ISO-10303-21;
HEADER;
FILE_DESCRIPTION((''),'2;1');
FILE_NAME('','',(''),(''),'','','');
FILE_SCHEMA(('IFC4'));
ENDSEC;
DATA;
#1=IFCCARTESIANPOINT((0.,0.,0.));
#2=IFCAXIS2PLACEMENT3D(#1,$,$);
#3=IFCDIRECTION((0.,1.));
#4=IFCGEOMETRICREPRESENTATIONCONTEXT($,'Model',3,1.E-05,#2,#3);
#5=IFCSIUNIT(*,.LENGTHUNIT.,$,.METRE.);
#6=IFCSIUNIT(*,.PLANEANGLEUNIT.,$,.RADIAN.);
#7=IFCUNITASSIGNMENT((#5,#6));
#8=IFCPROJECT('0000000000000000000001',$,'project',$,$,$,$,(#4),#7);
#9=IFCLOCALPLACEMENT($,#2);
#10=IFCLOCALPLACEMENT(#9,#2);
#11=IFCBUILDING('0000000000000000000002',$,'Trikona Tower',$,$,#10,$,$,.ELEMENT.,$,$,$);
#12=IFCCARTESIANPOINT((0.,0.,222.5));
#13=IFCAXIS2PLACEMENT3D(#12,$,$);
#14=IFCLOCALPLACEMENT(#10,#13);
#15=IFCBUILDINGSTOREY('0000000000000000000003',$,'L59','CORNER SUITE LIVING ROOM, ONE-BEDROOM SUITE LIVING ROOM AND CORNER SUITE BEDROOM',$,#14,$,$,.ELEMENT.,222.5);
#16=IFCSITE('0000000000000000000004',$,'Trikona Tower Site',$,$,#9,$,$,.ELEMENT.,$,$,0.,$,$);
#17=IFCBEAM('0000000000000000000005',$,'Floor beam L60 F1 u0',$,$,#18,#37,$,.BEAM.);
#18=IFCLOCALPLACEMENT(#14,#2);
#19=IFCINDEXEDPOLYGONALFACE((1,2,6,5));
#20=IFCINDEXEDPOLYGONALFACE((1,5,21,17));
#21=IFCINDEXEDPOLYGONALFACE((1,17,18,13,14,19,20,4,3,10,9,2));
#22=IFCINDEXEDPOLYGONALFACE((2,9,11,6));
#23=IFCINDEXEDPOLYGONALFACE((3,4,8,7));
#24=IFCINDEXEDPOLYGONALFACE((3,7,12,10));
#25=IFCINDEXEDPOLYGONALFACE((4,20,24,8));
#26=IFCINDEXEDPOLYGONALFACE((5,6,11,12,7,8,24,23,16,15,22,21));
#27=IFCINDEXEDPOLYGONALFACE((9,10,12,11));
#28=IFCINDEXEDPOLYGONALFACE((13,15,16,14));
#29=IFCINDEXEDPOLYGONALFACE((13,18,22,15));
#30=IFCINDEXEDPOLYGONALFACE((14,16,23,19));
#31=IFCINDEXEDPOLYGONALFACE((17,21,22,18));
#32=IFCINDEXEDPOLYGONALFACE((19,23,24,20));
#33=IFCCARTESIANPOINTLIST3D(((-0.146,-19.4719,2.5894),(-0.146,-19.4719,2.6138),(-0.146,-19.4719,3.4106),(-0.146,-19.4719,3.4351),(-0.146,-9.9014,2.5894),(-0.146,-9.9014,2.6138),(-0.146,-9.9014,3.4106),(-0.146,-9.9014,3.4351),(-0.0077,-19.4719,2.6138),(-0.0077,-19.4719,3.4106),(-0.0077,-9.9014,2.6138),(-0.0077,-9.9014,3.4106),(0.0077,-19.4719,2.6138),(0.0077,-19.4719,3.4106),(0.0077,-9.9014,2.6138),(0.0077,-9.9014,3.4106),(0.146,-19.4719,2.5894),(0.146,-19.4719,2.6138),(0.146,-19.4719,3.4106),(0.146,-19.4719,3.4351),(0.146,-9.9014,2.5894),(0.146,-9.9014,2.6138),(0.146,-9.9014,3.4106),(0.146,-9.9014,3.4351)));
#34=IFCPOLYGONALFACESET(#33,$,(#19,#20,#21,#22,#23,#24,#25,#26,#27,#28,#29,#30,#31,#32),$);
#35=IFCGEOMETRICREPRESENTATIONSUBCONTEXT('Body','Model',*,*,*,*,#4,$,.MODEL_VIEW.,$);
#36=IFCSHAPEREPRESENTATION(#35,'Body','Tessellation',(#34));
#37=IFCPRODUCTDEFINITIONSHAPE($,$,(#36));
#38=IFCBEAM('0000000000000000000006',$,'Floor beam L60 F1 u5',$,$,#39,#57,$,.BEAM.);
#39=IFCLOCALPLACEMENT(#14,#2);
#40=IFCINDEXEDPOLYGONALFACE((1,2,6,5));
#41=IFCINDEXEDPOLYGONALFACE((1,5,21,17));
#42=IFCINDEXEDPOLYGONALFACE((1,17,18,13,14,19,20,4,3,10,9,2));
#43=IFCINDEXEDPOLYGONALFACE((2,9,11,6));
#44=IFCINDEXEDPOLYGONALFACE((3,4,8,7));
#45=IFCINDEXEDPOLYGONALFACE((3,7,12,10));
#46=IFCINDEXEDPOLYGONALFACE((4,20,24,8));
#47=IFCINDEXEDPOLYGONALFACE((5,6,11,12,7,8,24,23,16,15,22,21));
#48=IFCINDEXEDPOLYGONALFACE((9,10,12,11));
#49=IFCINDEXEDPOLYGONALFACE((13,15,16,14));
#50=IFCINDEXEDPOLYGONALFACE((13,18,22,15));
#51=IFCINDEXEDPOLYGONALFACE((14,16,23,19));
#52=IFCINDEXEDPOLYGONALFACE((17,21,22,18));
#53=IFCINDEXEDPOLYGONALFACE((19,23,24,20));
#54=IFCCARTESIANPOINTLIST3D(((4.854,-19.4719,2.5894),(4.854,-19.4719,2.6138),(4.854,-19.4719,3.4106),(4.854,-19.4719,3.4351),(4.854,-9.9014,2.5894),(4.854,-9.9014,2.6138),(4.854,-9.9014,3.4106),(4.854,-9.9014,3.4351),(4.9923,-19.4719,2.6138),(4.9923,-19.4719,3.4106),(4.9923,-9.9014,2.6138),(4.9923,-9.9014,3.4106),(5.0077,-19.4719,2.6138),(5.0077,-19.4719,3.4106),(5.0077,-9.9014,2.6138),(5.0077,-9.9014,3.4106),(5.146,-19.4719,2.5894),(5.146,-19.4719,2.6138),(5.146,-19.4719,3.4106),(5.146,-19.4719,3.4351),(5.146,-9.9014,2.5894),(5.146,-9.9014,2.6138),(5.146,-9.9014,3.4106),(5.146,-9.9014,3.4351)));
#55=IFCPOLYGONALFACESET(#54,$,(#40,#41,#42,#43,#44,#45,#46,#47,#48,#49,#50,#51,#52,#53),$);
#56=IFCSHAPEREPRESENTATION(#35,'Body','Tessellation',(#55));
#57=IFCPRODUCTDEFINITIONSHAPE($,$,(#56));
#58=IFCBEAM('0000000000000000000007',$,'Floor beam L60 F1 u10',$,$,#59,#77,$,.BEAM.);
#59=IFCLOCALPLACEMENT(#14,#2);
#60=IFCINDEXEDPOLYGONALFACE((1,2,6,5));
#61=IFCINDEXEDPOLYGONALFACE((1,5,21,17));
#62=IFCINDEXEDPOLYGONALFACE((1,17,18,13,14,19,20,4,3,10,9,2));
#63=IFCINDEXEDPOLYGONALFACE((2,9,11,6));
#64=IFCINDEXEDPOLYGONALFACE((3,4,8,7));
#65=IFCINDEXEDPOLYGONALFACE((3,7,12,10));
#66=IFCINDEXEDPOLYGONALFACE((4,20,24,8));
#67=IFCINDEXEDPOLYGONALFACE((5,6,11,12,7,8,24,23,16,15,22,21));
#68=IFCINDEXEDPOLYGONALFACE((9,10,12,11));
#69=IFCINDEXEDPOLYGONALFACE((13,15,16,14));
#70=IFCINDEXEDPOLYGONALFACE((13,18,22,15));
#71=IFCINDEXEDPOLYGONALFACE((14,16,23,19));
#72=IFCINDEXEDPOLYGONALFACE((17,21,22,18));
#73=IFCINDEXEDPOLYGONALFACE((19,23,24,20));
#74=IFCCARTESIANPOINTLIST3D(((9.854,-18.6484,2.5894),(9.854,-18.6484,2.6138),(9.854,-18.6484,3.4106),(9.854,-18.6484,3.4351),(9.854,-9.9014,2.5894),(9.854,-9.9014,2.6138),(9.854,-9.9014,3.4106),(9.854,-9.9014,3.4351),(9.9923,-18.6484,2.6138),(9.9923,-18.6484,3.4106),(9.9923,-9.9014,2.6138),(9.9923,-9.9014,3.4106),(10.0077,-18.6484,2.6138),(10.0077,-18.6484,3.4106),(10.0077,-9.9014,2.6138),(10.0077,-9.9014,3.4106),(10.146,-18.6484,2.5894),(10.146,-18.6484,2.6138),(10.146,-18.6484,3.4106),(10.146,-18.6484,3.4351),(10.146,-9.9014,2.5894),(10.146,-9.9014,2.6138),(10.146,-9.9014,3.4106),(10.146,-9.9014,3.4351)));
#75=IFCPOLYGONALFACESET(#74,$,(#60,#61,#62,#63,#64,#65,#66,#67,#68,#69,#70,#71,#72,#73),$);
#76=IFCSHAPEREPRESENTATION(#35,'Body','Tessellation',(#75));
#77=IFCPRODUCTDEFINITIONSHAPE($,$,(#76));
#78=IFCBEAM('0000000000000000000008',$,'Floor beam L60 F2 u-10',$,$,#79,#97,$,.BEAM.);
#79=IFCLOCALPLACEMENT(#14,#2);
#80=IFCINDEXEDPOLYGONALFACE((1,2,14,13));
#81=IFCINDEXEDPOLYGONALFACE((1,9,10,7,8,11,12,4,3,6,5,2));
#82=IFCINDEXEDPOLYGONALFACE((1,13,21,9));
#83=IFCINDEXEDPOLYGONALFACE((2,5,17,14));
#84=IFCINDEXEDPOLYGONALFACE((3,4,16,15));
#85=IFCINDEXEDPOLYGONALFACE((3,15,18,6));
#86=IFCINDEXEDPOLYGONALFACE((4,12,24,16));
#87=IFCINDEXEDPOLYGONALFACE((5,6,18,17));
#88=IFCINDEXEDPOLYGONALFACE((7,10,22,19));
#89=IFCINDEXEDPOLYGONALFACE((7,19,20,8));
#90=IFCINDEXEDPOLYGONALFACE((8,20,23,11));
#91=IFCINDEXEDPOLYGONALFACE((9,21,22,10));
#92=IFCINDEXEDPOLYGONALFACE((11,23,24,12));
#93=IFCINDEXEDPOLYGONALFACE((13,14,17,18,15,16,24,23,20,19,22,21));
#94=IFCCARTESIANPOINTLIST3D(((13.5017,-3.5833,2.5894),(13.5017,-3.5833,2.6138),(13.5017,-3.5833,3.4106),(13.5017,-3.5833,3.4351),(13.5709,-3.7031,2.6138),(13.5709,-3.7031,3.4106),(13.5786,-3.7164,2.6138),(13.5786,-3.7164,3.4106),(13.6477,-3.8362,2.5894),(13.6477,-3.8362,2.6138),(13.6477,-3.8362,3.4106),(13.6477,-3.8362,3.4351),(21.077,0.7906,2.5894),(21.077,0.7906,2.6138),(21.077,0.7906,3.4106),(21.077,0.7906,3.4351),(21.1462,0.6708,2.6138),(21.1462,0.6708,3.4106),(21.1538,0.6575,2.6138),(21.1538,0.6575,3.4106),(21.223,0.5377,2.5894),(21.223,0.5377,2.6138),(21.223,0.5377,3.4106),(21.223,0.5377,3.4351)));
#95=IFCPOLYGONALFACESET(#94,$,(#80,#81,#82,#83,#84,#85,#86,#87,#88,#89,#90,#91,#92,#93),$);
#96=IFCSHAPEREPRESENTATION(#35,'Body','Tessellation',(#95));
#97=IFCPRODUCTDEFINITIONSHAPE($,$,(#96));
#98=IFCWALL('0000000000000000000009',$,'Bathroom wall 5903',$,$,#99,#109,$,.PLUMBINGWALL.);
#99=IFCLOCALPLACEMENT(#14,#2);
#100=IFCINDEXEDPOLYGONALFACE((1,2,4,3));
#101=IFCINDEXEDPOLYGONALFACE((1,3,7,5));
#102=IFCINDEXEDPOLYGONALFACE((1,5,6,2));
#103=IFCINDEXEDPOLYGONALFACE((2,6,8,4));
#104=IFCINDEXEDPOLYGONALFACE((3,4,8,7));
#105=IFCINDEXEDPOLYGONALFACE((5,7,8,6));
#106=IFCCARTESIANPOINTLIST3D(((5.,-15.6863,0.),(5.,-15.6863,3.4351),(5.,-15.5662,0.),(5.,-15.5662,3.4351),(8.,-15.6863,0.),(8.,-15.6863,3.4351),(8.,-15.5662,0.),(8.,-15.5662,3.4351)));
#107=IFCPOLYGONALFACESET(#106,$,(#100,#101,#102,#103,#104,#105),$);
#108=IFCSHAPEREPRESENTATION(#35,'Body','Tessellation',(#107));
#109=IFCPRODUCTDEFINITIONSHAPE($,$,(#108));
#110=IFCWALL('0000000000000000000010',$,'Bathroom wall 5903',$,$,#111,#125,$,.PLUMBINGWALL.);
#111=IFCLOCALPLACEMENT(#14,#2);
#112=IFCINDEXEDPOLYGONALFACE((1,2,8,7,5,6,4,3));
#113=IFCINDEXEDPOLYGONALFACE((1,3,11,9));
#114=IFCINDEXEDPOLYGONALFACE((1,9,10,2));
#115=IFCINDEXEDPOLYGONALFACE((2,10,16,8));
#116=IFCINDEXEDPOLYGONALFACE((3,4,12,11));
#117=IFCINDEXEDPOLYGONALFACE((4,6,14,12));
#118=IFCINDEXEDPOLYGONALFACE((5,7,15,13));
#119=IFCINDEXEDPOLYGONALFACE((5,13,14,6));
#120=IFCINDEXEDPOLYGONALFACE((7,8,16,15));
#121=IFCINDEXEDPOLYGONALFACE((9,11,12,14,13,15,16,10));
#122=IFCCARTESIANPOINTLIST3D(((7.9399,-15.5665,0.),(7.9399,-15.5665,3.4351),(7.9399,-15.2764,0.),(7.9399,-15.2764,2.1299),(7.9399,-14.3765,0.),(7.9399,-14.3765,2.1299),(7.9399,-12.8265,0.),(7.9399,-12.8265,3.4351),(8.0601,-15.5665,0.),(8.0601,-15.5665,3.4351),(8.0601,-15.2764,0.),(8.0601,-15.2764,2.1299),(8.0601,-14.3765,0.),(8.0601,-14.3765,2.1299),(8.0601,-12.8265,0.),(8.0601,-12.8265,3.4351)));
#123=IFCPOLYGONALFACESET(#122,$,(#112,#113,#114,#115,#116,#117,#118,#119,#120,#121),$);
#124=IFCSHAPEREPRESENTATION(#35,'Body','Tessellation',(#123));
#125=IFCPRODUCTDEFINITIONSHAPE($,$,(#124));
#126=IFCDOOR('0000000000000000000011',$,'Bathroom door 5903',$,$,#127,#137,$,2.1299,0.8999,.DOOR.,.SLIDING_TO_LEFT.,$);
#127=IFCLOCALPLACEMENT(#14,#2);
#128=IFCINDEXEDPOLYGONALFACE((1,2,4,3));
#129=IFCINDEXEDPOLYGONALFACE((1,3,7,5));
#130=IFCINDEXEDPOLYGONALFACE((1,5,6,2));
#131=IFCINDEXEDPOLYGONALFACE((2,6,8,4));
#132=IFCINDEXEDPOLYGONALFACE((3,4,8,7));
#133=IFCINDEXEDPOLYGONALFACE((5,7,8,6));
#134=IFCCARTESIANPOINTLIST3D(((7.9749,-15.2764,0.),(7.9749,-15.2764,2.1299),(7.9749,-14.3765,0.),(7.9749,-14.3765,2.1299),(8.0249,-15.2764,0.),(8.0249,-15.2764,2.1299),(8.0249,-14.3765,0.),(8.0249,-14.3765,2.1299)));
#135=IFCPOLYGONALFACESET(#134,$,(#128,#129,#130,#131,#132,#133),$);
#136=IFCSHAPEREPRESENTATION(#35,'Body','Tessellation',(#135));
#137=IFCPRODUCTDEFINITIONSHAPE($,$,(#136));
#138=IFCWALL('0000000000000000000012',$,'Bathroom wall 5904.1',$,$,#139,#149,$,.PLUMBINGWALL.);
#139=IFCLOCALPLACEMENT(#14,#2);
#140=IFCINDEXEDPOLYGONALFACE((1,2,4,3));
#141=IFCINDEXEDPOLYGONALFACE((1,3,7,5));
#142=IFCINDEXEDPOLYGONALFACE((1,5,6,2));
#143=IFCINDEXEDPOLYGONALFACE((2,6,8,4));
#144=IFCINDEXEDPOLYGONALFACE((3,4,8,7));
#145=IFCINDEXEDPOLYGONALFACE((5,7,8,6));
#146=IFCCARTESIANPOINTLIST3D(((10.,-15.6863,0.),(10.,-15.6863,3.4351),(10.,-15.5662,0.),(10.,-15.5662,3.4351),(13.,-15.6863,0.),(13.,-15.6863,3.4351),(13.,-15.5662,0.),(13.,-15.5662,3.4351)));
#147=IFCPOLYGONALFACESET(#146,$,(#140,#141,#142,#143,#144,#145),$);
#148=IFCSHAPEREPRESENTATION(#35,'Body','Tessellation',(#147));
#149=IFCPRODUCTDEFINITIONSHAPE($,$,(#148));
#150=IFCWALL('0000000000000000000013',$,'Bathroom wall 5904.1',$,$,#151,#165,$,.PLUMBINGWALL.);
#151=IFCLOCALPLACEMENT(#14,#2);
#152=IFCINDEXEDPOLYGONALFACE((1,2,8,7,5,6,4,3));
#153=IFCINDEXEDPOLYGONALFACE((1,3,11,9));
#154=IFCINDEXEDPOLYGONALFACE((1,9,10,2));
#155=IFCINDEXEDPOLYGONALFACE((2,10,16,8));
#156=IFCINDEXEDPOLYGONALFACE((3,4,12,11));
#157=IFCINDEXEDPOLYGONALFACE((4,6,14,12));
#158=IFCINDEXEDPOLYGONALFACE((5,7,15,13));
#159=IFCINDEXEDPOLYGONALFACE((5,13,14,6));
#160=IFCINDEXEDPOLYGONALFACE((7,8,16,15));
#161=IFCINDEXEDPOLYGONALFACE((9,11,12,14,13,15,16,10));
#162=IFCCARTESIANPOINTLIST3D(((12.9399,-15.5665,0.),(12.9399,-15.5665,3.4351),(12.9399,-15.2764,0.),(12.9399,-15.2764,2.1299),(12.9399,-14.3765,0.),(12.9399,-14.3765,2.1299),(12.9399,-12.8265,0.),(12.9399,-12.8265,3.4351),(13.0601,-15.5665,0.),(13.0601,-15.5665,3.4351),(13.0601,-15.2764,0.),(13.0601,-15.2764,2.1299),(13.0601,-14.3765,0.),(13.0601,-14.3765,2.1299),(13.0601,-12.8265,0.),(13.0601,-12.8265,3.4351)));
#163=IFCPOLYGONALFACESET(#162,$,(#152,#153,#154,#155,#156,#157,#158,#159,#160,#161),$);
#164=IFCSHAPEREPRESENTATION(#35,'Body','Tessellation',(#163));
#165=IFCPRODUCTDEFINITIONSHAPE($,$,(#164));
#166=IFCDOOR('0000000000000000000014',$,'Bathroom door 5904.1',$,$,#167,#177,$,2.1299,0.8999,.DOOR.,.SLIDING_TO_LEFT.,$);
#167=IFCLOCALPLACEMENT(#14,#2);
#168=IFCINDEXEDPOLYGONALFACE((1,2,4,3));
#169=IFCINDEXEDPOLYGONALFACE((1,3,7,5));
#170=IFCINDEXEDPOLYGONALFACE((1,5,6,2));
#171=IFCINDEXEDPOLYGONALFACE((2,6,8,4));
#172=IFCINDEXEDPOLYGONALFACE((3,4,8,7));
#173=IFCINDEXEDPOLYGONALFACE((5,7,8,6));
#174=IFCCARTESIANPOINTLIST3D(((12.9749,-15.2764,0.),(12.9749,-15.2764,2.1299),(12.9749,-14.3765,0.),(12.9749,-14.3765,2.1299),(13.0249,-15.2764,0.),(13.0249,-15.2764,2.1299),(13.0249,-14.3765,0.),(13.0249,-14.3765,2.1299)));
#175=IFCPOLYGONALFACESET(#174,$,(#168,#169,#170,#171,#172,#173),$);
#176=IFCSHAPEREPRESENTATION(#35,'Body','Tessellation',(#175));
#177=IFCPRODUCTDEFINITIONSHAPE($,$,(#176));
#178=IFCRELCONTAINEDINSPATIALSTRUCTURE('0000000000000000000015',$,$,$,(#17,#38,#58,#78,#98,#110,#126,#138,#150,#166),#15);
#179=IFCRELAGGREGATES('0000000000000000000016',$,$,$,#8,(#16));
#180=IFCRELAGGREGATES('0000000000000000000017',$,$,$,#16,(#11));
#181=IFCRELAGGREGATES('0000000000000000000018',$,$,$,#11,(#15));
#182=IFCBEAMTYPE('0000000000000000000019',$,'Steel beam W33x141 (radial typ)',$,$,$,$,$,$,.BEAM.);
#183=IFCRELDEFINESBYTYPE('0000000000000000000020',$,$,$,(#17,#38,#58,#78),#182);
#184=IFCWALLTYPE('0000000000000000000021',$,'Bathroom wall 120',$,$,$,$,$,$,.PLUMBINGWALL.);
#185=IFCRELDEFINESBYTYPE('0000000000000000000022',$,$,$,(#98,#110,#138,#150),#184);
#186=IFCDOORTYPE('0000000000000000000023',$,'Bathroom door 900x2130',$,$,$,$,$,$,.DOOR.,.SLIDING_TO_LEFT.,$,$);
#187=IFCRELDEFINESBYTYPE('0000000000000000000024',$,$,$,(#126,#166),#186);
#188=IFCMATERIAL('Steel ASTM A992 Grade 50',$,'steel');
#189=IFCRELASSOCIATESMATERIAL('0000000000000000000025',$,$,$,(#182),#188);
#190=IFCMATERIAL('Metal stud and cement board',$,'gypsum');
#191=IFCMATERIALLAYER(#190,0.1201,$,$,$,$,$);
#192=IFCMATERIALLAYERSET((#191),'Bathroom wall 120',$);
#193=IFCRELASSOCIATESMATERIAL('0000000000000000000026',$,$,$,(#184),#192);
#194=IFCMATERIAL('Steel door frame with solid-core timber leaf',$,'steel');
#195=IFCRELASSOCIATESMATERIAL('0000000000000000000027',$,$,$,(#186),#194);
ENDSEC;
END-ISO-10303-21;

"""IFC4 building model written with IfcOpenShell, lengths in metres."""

from ifc_helpers import new_model, si_unit, direction, frame, frame_2d, origin, origin_2d, place, context, subcontext, project, spatial, rectangle, i_section, extrude, material, layer, layer_set, material_profile, profile_set, type_object, element, fill, save


model = new_model("IFC4")

# Units and contexts
model_context = context("Model", 3, precision=1e-05, world=origin(), true_north=direction((0.0, 1.0)))
body_context = subcontext(model_context, "Body", "Model", "MODEL_VIEW")
ifc_project = project(units=[si_unit("LENGTHUNIT", "METRE"), si_unit("PLANEANGLEUNIT", "RADIAN")], contexts=[model_context])

# Site, building, storey
site_placement = place(None, origin())
site = spatial("IfcSite", under=ifc_project, at=site_placement, Name="Trikona Tower Site", CompositionType="ELEMENT", RefElevation=0.0)
building_placement = place(site_placement, origin())
building = spatial("IfcBuilding", under=site, at=building_placement, Name="Trikona Tower", CompositionType="ELEMENT")
storey_placement = place(building_placement, frame((0.0, 0.0, 222.5)))
storey = spatial("IfcBuildingStorey", under=building, at=storey_placement, Name="L59", Description="CORNER SUITE LIVING ROOM, ONE-BEDROOM SUITE LIVING ROOM AND CORNER SUITE BEDROOM", CompositionType="ELEMENT", Elevation=222.5)

# Beams
ifc_material_1 = material(Name="Steel ASTM A992 Grade 50", Category="steel")
ifc_material_profile = material_profile(ifc_material_1, i_section(OverallWidth=0.292, OverallDepth=0.8457, WebThickness=0.0154, FlangeThickness=0.0244, at=origin_2d()), Name="W33X141")
ifc_profile_set = profile_set([ifc_material_profile], Name="Steel ASTM A992 Grade 50")
beam_type = type_object("IfcBeamType", Name="Steel beam W33x141 (radial typ)", PredefinedType="BEAM", material=ifc_profile_set)
for number, where, z_axis, x_axis, name in (
    (1, (0.0, -9.9014, 3.0122), (0.0, -1.0, 0.0), (1.0, 0.0, 0.0), "Floor beam L60 F1 u0"),
    (2, (5.0, -9.9014, 3.0122), (0.0, -1.0, 0.0), (1.0, 0.0, 0.0), "Floor beam L60 F1 u5"),
):
    element("IfcBeam", number, at=place(storey_placement, frame(where, z_axis=z_axis, x_axis=x_axis)), inside=storey, type_object=beam_type, Name=name, PredefinedType="BEAM", context=body_context, shape_type="SweptSolid", body=[
        extrude(i_section(OverallWidth=0.292, OverallDepth=0.8457, WebThickness=0.0154, FlangeThickness=0.0244, at=origin_2d()), origin(), (0.0, 0.0, 1.0), 9.5706),
    ])
beam_1_placement = place(storey_placement, frame((10.0, -9.9014, 3.0122), z_axis=(0.0, -1.0, 0.0), x_axis=(1.0, 0.0, 0.0)))
element("IfcBeam", 3, at=beam_1_placement, inside=storey, type_object=beam_type, Name="Floor beam L60 F1 u10", PredefinedType="BEAM", context=body_context, shape_type="SweptSolid", body=[
    extrude(i_section(OverallWidth=0.292, OverallDepth=0.8457, WebThickness=0.0154, FlangeThickness=0.0244, at=origin_2d()), origin(), (0.0, 0.0, 1.0), 8.7471),
])
beam_2_placement = place(storey_placement, frame((13.5747, -3.7097, 3.0122), z_axis=(0.866014, 0.50002, 0.0), x_axis=(-0.50002, 0.866014, 0.0)))
element("IfcBeam", 4, at=beam_2_placement, inside=storey, type_object=beam_type, Name="Floor beam L60 F2 u-10", PredefinedType="BEAM", context=body_context, shape_type="SweptSolid", body=[
    extrude(i_section(OverallWidth=0.292, OverallDepth=0.8457, WebThickness=0.0154, FlangeThickness=0.0244, at=origin_2d()), origin(), (0.0, 0.0, 1.0), 8.7473),
])

# Wall
ifc_material_2 = material(Name="Metal stud and cement board", Category="gypsum")
ifc_layer_1 = layer(ifc_material_2, 0.1201)
ifc_layer_set_1 = layer_set([ifc_layer_1], Name="Bathroom wall 120")
wall_type_1 = type_object("IfcWallType", Name="Bathroom wall 120", PredefinedType="PLUMBINGWALL", material=ifc_layer_set_1)
wall_1_placement = place(storey_placement, frame((5.0, -15.6262, 0.0), z_axis=(0.0, 0.0, 1.0), x_axis=(1.0, 0.0, 0.0)))
element("IfcWall", 5, at=wall_1_placement, inside=storey, type_object=wall_type_1, Name="Bathroom wall 5903", PredefinedType="PLUMBINGWALL", context=body_context, shape_type="SweptSolid", body=[
    extrude(rectangle(XDim=3.0, YDim=0.1201, at=frame_2d((1.5, 0.0))), origin(), (0.0, 0.0, 1.0), 3.4351),
])

# Wall, opening, door
wall_2_placement = place(storey_placement, frame((8.0, -12.8264, 0.0), z_axis=(0.0, 0.0, 1.0), x_axis=(0.0, -1.0, 0.0)))
wall_2 = element("IfcWall", 6, at=wall_2_placement, inside=storey, type_object=wall_type_1, Name="Bathroom wall 5903", PredefinedType="PLUMBINGWALL", context=body_context, shape_type="SweptSolid", body=[
    extrude(rectangle(XDim=2.74, YDim=0.1201, at=frame_2d((1.3701, 0.0))), origin(), (0.0, 0.0, 1.0), 3.4351),
])
opening_1_placement = place(wall_2_placement, frame((1.55, 0.0, 0.0)))
opening_1 = element("IfcOpeningElement", 7, at=opening_1_placement, cuts=wall_2, PredefinedType="OPENING", context=body_context, shape_type="SweptSolid", body=[
    extrude(rectangle(XDim=0.8999, YDim=2.1299, at=frame_2d((0.45, 1.0649))), frame((0.0, 0.0701, 0.0), z_axis=(0.0, -1.0, 0.0), x_axis=(1.0, 0.0, 0.0)), (0.0, 0.0, 1.0), 0.1401),
])
ifc_material_3 = material(Name="Steel door frame with solid-core timber leaf", Category="steel")
door_type_1 = type_object("IfcDoorType", Name="Bathroom door 900x2130", OperationType="SLIDING_TO_LEFT", PredefinedType="DOOR", material=ifc_material_3)
door_1_placement = place(opening_1_placement, origin())
door_1 = element("IfcDoor", 8, at=door_1_placement, inside=storey, type_object=door_type_1, Name="Bathroom door 5903", OperationType="SLIDING_TO_LEFT", OverallHeight=2.1299, OverallWidth=0.8999, PredefinedType="DOOR", context=body_context, shape_type="SweptSolid", body=[
    extrude(rectangle(XDim=0.8999, YDim=2.1299, at=frame_2d((0.45, 1.0649))), frame((0.0, 0.0249, 0.0), z_axis=(0.0, -1.0, 0.0), x_axis=(1.0, 0.0, 0.0)), (0.0, 0.0, 1.0), 0.05),
])
fill(opening_1, door_1)

# Wall
wall_3_placement = place(storey_placement, frame((10.0, -15.6262, 0.0), z_axis=(0.0, 0.0, 1.0), x_axis=(1.0, 0.0, 0.0)))
element("IfcWall", 9, at=wall_3_placement, inside=storey, type_object=wall_type_1, Name="Bathroom wall 5904.1", PredefinedType="PLUMBINGWALL", context=body_context, shape_type="SweptSolid", body=[
    extrude(rectangle(XDim=3.0, YDim=0.1201, at=frame_2d((1.5, 0.0))), origin(), (0.0, 0.0, 1.0), 3.4351),
])

# Wall, opening, door
wall_4_placement = place(storey_placement, frame((13.0, -12.8264, 0.0), z_axis=(0.0, 0.0, 1.0), x_axis=(0.0, -1.0, 0.0)))
wall_4 = element("IfcWall", 10, at=wall_4_placement, inside=storey, type_object=wall_type_1, Name="Bathroom wall 5904.1", PredefinedType="PLUMBINGWALL", context=body_context, shape_type="SweptSolid", body=[
    extrude(rectangle(XDim=2.74, YDim=0.1201, at=frame_2d((1.3701, 0.0))), origin(), (0.0, 0.0, 1.0), 3.4351),
])
opening_2_placement = place(wall_4_placement, frame((1.55, 0.0, 0.0)))
opening_2 = element("IfcOpeningElement", 11, at=opening_2_placement, cuts=wall_4, PredefinedType="OPENING", context=body_context, shape_type="SweptSolid", body=[
    extrude(rectangle(XDim=0.8999, YDim=2.1299, at=frame_2d((0.45, 1.0649))), frame((0.0, 0.0701, 0.0), z_axis=(0.0, -1.0, 0.0), x_axis=(1.0, 0.0, 0.0)), (0.0, 0.0, 1.0), 0.1401),
])
door_2_placement = place(opening_2_placement, origin())
door_2 = element("IfcDoor", 12, at=door_2_placement, inside=storey, type_object=door_type_1, Name="Bathroom door 5904.1", OperationType="SLIDING_TO_LEFT", OverallHeight=2.1299, OverallWidth=0.8999, PredefinedType="DOOR", context=body_context, shape_type="SweptSolid", body=[
    extrude(rectangle(XDim=0.8999, YDim=2.1299, at=frame_2d((0.45, 1.0649))), frame((0.0, 0.0249, 0.0), z_axis=(0.0, -1.0, 0.0), x_axis=(1.0, 0.0, 0.0)), (0.0, 0.0, 1.0), 0.05),
])
fill(opening_2, door_2)

save(model, "model.ifc")
